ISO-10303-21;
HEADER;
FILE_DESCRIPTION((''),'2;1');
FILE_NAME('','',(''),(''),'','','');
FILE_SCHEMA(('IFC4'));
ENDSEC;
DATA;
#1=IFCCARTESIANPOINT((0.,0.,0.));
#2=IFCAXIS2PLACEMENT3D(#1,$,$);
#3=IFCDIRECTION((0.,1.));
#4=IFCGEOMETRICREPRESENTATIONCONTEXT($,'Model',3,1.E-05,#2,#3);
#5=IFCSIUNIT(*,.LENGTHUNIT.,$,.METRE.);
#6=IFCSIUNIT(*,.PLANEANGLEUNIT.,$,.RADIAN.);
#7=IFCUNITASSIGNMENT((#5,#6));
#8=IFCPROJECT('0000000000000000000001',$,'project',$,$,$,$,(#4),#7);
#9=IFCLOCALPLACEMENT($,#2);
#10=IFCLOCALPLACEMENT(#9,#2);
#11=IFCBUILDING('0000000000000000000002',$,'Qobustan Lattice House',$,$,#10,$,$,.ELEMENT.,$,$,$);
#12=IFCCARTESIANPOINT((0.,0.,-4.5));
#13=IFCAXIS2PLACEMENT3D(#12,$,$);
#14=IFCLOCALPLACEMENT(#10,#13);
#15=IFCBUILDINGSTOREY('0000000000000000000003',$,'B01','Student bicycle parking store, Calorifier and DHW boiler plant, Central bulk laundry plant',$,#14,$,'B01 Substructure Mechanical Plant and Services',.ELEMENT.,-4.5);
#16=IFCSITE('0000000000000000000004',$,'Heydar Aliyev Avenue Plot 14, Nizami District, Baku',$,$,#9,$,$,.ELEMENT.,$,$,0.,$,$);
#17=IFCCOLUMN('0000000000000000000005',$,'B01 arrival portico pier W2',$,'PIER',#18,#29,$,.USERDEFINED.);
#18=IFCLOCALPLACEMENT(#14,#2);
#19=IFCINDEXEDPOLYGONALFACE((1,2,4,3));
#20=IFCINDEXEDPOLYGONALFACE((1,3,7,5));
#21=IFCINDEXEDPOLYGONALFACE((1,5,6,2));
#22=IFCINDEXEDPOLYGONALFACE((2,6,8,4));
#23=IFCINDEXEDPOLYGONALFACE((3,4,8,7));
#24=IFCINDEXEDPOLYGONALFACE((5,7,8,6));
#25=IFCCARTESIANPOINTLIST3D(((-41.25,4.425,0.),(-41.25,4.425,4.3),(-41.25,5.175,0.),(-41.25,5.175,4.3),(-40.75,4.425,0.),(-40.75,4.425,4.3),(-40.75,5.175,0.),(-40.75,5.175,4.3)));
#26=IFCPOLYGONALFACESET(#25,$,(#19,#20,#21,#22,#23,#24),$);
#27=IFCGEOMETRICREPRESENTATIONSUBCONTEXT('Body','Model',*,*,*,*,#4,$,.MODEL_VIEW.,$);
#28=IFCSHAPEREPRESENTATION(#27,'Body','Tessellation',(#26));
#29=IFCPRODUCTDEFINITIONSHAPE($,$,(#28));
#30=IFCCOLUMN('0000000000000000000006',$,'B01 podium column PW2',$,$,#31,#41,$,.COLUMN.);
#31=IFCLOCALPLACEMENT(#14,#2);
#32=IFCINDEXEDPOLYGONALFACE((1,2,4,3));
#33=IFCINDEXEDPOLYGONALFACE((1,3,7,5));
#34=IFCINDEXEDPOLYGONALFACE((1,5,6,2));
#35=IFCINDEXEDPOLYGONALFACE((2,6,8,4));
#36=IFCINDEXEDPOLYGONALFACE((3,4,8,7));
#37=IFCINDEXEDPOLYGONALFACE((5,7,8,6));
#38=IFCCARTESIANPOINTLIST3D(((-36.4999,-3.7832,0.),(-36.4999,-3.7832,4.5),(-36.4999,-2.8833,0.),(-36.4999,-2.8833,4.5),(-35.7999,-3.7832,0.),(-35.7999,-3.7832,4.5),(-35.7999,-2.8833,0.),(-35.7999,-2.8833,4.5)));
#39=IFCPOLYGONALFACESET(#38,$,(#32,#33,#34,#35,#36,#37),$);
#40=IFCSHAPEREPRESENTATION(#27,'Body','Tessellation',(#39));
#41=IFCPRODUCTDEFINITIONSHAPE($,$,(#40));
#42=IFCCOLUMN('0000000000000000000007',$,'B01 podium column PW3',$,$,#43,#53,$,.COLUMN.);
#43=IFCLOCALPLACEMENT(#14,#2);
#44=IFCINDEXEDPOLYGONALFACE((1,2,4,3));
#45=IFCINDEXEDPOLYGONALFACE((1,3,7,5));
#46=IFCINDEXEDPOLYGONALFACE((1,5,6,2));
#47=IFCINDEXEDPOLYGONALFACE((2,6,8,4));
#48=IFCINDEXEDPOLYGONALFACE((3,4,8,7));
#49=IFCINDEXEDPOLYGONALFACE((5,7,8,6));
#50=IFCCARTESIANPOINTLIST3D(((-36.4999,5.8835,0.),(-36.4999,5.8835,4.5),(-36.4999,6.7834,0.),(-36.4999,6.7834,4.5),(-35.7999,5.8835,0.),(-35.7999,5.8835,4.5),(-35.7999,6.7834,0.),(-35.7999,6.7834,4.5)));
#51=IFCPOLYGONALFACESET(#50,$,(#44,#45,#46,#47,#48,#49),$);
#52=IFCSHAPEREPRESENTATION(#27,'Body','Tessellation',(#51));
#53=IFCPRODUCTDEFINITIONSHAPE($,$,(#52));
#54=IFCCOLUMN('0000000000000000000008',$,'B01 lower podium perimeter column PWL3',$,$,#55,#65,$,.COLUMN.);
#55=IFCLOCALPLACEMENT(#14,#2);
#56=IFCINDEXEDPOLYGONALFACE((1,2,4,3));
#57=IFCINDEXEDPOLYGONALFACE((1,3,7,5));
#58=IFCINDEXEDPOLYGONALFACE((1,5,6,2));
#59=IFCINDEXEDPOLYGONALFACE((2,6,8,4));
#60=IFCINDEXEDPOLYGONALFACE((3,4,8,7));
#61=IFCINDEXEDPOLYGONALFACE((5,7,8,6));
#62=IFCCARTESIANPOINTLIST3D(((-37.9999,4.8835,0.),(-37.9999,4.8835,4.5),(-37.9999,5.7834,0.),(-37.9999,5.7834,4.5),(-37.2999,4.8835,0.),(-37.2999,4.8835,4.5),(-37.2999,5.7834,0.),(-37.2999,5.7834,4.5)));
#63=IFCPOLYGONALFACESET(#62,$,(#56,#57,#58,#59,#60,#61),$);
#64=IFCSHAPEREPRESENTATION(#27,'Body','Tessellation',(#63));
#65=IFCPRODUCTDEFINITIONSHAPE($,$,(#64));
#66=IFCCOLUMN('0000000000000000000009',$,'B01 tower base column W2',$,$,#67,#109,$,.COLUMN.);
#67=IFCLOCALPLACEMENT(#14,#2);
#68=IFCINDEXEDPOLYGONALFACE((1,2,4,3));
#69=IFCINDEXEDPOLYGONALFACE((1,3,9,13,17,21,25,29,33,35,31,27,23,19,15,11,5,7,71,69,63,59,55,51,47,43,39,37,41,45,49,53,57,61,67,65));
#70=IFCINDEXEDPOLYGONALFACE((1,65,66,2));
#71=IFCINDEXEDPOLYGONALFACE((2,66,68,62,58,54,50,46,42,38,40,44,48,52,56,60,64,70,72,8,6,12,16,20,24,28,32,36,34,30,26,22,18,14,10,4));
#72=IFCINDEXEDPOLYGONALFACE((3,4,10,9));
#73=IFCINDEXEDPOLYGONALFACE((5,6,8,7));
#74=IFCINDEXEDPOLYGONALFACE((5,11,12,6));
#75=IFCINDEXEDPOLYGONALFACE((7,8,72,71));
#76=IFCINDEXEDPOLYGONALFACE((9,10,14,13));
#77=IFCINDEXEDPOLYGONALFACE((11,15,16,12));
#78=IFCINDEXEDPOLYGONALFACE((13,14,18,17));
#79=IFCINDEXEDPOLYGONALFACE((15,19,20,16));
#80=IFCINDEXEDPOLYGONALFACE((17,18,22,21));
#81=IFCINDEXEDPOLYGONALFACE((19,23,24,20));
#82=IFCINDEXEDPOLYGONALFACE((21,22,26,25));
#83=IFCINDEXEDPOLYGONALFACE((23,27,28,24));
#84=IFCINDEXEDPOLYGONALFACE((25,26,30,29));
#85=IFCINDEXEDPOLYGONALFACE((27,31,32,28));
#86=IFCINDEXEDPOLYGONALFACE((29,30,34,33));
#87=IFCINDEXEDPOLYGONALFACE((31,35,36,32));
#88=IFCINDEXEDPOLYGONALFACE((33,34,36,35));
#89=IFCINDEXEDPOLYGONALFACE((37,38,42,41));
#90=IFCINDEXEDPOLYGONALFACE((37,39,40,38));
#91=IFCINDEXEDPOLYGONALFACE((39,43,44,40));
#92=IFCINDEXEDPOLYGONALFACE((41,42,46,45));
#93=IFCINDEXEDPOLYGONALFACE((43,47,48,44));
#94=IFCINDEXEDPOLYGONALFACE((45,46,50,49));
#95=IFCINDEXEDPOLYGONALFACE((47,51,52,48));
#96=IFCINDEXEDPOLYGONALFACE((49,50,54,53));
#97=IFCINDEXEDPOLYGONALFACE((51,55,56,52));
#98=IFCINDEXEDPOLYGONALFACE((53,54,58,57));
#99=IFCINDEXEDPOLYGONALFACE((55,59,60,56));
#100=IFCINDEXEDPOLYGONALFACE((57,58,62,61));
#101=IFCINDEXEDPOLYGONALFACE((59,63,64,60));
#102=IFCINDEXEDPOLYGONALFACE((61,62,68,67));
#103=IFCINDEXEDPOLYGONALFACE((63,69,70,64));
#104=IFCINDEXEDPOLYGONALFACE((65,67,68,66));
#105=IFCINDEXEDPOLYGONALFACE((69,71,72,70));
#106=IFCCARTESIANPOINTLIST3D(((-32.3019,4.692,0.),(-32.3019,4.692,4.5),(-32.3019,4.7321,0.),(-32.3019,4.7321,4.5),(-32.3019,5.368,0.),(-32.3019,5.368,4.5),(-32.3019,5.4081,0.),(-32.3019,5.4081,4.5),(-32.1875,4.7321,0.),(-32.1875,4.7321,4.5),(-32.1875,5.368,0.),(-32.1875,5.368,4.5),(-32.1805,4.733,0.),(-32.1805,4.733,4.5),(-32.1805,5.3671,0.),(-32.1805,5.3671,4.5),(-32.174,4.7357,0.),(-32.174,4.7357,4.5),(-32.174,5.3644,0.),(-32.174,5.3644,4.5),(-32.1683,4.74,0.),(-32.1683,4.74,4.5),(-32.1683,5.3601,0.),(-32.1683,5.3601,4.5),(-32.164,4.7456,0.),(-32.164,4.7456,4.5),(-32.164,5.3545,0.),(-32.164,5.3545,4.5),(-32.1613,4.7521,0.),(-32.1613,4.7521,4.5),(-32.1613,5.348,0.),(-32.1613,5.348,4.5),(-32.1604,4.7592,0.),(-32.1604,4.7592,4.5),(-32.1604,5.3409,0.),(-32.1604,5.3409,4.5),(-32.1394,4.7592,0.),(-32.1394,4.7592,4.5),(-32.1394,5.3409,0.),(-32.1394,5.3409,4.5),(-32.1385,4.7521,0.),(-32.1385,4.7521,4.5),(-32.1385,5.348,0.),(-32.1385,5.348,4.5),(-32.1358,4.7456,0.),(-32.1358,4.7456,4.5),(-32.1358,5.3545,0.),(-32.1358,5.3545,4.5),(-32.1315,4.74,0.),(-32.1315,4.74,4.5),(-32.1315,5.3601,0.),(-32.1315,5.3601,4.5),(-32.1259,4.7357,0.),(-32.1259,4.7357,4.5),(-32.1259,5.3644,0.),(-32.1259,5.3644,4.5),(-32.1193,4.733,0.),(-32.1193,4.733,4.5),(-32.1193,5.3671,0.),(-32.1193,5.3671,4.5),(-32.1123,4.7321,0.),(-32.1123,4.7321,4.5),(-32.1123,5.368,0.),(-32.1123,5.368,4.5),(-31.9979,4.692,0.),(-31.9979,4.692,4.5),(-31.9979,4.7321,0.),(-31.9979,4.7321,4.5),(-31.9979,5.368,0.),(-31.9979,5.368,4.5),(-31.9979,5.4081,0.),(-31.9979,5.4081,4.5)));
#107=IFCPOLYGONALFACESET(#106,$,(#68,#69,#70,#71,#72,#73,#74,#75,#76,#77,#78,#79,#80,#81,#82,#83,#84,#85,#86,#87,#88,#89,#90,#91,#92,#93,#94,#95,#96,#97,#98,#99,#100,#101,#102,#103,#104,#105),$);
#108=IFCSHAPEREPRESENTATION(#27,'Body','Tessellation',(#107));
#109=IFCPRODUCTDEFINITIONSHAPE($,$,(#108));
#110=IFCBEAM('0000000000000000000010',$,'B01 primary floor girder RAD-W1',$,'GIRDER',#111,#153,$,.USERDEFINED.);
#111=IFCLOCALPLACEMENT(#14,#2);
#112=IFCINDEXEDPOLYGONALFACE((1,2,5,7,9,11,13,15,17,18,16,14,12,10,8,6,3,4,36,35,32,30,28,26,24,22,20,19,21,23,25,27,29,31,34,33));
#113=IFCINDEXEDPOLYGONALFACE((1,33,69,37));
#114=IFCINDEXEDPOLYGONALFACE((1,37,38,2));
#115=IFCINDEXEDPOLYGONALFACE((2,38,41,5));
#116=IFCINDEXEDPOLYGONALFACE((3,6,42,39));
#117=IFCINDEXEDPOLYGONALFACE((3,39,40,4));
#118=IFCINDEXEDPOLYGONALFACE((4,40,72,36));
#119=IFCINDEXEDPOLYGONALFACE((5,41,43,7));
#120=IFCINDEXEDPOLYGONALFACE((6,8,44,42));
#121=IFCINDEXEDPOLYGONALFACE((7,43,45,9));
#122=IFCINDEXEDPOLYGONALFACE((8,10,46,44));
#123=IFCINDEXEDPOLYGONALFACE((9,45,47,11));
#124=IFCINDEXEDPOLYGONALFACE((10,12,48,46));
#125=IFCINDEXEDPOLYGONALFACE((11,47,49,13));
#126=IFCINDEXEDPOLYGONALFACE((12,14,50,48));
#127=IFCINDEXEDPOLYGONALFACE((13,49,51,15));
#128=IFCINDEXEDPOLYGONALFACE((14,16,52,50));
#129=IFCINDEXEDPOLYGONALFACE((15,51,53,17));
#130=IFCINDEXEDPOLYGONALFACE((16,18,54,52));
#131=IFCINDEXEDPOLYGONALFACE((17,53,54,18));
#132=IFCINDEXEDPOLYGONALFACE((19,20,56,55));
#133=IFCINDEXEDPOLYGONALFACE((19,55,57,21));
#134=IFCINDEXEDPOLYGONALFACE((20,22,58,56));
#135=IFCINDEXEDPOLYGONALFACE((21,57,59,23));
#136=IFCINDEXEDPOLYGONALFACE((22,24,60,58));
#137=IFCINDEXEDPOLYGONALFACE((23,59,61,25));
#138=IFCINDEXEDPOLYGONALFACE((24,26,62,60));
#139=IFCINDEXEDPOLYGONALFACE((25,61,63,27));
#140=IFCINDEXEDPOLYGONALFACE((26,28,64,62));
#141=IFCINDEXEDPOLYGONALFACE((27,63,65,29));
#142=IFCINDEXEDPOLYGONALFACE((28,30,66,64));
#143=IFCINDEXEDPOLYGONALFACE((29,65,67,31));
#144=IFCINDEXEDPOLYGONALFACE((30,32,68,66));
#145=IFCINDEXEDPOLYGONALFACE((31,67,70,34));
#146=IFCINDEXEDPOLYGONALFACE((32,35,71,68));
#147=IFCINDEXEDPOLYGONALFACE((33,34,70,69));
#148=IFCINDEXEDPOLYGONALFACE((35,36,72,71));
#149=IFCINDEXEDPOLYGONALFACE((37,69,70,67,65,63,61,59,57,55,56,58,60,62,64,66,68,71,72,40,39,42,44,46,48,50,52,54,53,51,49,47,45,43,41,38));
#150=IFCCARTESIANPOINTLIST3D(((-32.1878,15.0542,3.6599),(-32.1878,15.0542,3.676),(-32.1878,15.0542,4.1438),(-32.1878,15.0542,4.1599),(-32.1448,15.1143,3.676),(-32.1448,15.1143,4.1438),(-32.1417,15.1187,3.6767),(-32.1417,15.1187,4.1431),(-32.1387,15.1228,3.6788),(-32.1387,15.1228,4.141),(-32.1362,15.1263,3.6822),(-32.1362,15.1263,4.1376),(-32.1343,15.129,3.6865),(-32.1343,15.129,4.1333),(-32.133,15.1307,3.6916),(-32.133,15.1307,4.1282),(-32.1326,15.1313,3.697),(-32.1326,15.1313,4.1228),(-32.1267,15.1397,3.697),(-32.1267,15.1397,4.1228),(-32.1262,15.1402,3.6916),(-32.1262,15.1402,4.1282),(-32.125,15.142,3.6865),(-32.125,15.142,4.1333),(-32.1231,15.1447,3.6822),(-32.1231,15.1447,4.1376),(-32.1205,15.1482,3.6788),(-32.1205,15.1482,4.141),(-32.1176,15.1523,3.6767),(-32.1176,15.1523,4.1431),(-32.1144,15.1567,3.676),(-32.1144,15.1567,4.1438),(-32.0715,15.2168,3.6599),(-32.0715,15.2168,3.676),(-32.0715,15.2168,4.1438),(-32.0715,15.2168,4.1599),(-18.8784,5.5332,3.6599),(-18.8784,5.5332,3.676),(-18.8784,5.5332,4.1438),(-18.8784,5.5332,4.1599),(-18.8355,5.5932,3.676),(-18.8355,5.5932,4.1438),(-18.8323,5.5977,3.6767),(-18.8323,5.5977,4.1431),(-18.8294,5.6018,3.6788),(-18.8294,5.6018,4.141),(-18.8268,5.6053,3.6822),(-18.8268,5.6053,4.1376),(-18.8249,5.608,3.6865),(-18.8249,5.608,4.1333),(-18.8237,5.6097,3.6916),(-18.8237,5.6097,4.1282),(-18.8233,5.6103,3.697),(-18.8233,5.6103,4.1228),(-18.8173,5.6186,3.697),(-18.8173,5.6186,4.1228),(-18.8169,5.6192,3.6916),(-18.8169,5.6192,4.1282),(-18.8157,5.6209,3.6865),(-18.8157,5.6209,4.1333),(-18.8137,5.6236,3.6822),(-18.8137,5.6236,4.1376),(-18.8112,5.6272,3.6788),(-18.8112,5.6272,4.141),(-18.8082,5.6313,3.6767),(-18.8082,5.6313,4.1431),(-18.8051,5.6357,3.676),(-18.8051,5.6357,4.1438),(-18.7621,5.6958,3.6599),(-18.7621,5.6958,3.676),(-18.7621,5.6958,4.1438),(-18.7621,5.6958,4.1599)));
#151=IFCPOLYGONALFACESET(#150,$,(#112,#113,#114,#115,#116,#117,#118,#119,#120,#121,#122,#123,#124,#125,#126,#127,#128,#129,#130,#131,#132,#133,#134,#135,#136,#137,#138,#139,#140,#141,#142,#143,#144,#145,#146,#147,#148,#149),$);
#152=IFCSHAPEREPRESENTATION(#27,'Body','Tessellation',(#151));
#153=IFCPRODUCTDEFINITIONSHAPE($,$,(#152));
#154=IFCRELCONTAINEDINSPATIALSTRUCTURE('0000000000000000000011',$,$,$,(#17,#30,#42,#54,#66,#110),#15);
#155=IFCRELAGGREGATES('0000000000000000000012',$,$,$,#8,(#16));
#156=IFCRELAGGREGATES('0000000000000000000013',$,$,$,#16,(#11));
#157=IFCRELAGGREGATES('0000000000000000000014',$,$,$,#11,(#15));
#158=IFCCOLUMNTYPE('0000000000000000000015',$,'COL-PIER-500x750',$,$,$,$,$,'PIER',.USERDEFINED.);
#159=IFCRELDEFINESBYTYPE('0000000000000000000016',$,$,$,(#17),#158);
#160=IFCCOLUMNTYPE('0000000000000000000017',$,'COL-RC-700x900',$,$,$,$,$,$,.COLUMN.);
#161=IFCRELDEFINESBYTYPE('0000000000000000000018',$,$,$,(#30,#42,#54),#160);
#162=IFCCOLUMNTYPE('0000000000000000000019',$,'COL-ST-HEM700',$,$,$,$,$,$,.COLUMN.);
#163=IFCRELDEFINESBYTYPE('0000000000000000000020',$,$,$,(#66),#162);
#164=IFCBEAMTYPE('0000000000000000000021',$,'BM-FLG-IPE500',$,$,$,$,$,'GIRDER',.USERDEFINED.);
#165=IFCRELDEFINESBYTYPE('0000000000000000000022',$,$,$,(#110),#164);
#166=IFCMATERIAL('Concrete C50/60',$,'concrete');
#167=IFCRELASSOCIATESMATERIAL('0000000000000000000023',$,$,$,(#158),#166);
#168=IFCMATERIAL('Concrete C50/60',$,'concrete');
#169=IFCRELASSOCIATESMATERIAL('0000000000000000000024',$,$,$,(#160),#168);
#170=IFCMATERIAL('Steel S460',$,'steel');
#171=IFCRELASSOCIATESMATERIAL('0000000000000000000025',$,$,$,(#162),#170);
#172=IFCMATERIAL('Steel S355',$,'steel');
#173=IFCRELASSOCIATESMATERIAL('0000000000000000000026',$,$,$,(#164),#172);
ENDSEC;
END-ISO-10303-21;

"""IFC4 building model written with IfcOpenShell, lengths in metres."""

from ifc_helpers import new_model, si_unit, direction, frame, origin, origin_2d, place, context, subcontext, project, spatial, rectangle, i_section, extrude, material, material_profile, profile_set, type_object, element, save


model = new_model("IFC4")

# Units and contexts
model_context = context("Model", 3, precision=1e-05, world=origin(), true_north=direction((0.0, 1.0)))
body_context = subcontext(model_context, "Body", "Model", "MODEL_VIEW")
ifc_project = project(units=[si_unit("LENGTHUNIT", "METRE"), si_unit("PLANEANGLEUNIT", "RADIAN")], contexts=[model_context])

# Site, building, storey
site_placement = place(None, origin())
site = spatial("IfcSite", under=ifc_project, at=site_placement, Name="Heydar Aliyev Avenue Plot 14, Nizami District, Baku", CompositionType="ELEMENT", RefElevation=0.0)
building_placement = place(site_placement, origin())
building = spatial("IfcBuilding", under=site, at=building_placement, Name="Qobustan Lattice House", CompositionType="ELEMENT")
storey_placement = place(building_placement, frame((0.0, 0.0, -4.5)))
storey = spatial("IfcBuildingStorey", under=building, at=storey_placement, Name="B01", Description="Student bicycle parking store, Calorifier and DHW boiler plant, Central bulk laundry plant", LongName="B01 Substructure Mechanical Plant and Services", CompositionType="ELEMENT", Elevation=-4.5)

# Columns
ifc_material_1 = material(Name="Concrete C50/60", Category="concrete")
ifc_material_profile_1 = material_profile(ifc_material_1, rectangle(XDim=0.5, YDim=0.75, at=origin_2d()), Name="RC500x750")
ifc_profile_set_1 = profile_set([ifc_material_profile_1], Name="Concrete C50/60")
column_type_1 = type_object("IfcColumnType", Name="COL-PIER-500x750", ElementType="PIER", PredefinedType="USERDEFINED", material=ifc_profile_set_1)
column_1_placement = place(storey_placement, frame((-41.0, 4.8, 0.0), z_axis=(0.0, 0.0, 1.0), x_axis=(1.0, 0.0, 0.0)))
element("IfcColumn", 1, at=column_1_placement, inside=storey, type_object=column_type_1, Name="B01 arrival portico pier W2", ObjectType="PIER", PredefinedType="USERDEFINED", context=body_context, shape_type="SweptSolid", body=[
    extrude(rectangle(XDim=0.5, YDim=0.75, at=origin_2d()), origin(), (0.0, 0.0, 1.0), 4.3),
])
ifc_material_2 = material(Name="Concrete C50/60", Category="concrete")
ifc_material_profile_2 = material_profile(ifc_material_2, rectangle(XDim=0.7, YDim=0.8999, at=origin_2d()), Name="RC700x900")
ifc_profile_set_2 = profile_set([ifc_material_profile_2], Name="Concrete C50/60")
column_type_2 = type_object("IfcColumnType", Name="COL-RC-700x900", PredefinedType="COLUMN", material=ifc_profile_set_2)
for number, where, z_axis, x_axis, name in (
    (2, (-36.1499, -3.3333, 0.0), (0.0, 0.0, 1.0), (1.0, 0.0, 0.0), "B01 podium column PW2"),
    (3, (-36.1499, 6.3335, 0.0), (0.0, 0.0, 1.0), (1.0, 0.0, 0.0), "B01 podium column PW3"),
    (4, (-37.6499, 5.3335, 0.0), (0.0, 0.0, 1.0), (1.0, 0.0, 0.0), "B01 lower podium perimeter column PWL3"),
):
    element("IfcColumn", number, at=place(storey_placement, frame(where, z_axis=z_axis, x_axis=x_axis)), inside=storey, type_object=column_type_2, Name=name, PredefinedType="COLUMN", context=body_context, shape_type="SweptSolid", body=[
        extrude(rectangle(XDim=0.7, YDim=0.8999, at=origin_2d()), origin(), (0.0, 0.0, 1.0), 4.5),
    ])
ifc_material_3 = material(Name="Steel S460", Category="steel")
ifc_material_profile_3 = material_profile(ifc_material_3, i_section(OverallWidth=0.304, OverallDepth=0.7161, WebThickness=0.021, FlangeThickness=0.04, FilletRadius=0.0271, at=origin_2d()), Name="HEM700")
ifc_profile_set_3 = profile_set([ifc_material_profile_3], Name="Steel S460")
column_type_3 = type_object("IfcColumnType", Name="COL-ST-HEM700", PredefinedType="COLUMN", material=ifc_profile_set_3)
column_2_placement = place(storey_placement, frame((-32.1499, 5.05, 0.0), z_axis=(0.0, 0.0, 1.0), x_axis=(1.0, 0.0, 0.0)))
element("IfcColumn", 5, at=column_2_placement, inside=storey, type_object=column_type_3, Name="B01 tower base column W2", PredefinedType="COLUMN", context=body_context, shape_type="SweptSolid", body=[
    extrude(i_section(OverallWidth=0.304, OverallDepth=0.7161, WebThickness=0.021, FlangeThickness=0.04, FilletRadius=0.0271, at=origin_2d()), origin(), (0.0, 0.0, 1.0), 4.5),
])

# Beam
ifc_material_4 = material(Name="Steel S355", Category="steel")
ifc_material_profile_4 = material_profile(ifc_material_4, i_section(OverallWidth=0.2, OverallDepth=0.5, WebThickness=0.0103, FlangeThickness=0.0161, FilletRadius=0.021, at=origin_2d()), Name="IPE500")
ifc_profile_set_4 = profile_set([ifc_material_profile_4], Name="Steel S355")
beam_type_1 = type_object("IfcBeamType", Name="BM-FLG-IPE500", ElementType="GIRDER", PredefinedType="USERDEFINED", material=ifc_profile_set_4)
beam_1_placement = place(storey_placement, frame((-32.1296, 15.1355, 3.9099), z_axis=(0.813319, -0.581818, 0.0), x_axis=(0.581818, 0.813319, 0.0)))
element("IfcBeam", 6, at=beam_1_placement, inside=storey, type_object=beam_type_1, Name="B01 primary floor girder RAD-W1", ObjectType="GIRDER", PredefinedType="USERDEFINED", context=body_context, shape_type="SweptSolid", body=[
    extrude(i_section(OverallWidth=0.2, OverallDepth=0.5, WebThickness=0.0103, FlangeThickness=0.0161, FilletRadius=0.021, at=origin_2d()), origin(), (0.0, 0.0, 1.0), 16.3643),
])

save(model, "model.ifc")
